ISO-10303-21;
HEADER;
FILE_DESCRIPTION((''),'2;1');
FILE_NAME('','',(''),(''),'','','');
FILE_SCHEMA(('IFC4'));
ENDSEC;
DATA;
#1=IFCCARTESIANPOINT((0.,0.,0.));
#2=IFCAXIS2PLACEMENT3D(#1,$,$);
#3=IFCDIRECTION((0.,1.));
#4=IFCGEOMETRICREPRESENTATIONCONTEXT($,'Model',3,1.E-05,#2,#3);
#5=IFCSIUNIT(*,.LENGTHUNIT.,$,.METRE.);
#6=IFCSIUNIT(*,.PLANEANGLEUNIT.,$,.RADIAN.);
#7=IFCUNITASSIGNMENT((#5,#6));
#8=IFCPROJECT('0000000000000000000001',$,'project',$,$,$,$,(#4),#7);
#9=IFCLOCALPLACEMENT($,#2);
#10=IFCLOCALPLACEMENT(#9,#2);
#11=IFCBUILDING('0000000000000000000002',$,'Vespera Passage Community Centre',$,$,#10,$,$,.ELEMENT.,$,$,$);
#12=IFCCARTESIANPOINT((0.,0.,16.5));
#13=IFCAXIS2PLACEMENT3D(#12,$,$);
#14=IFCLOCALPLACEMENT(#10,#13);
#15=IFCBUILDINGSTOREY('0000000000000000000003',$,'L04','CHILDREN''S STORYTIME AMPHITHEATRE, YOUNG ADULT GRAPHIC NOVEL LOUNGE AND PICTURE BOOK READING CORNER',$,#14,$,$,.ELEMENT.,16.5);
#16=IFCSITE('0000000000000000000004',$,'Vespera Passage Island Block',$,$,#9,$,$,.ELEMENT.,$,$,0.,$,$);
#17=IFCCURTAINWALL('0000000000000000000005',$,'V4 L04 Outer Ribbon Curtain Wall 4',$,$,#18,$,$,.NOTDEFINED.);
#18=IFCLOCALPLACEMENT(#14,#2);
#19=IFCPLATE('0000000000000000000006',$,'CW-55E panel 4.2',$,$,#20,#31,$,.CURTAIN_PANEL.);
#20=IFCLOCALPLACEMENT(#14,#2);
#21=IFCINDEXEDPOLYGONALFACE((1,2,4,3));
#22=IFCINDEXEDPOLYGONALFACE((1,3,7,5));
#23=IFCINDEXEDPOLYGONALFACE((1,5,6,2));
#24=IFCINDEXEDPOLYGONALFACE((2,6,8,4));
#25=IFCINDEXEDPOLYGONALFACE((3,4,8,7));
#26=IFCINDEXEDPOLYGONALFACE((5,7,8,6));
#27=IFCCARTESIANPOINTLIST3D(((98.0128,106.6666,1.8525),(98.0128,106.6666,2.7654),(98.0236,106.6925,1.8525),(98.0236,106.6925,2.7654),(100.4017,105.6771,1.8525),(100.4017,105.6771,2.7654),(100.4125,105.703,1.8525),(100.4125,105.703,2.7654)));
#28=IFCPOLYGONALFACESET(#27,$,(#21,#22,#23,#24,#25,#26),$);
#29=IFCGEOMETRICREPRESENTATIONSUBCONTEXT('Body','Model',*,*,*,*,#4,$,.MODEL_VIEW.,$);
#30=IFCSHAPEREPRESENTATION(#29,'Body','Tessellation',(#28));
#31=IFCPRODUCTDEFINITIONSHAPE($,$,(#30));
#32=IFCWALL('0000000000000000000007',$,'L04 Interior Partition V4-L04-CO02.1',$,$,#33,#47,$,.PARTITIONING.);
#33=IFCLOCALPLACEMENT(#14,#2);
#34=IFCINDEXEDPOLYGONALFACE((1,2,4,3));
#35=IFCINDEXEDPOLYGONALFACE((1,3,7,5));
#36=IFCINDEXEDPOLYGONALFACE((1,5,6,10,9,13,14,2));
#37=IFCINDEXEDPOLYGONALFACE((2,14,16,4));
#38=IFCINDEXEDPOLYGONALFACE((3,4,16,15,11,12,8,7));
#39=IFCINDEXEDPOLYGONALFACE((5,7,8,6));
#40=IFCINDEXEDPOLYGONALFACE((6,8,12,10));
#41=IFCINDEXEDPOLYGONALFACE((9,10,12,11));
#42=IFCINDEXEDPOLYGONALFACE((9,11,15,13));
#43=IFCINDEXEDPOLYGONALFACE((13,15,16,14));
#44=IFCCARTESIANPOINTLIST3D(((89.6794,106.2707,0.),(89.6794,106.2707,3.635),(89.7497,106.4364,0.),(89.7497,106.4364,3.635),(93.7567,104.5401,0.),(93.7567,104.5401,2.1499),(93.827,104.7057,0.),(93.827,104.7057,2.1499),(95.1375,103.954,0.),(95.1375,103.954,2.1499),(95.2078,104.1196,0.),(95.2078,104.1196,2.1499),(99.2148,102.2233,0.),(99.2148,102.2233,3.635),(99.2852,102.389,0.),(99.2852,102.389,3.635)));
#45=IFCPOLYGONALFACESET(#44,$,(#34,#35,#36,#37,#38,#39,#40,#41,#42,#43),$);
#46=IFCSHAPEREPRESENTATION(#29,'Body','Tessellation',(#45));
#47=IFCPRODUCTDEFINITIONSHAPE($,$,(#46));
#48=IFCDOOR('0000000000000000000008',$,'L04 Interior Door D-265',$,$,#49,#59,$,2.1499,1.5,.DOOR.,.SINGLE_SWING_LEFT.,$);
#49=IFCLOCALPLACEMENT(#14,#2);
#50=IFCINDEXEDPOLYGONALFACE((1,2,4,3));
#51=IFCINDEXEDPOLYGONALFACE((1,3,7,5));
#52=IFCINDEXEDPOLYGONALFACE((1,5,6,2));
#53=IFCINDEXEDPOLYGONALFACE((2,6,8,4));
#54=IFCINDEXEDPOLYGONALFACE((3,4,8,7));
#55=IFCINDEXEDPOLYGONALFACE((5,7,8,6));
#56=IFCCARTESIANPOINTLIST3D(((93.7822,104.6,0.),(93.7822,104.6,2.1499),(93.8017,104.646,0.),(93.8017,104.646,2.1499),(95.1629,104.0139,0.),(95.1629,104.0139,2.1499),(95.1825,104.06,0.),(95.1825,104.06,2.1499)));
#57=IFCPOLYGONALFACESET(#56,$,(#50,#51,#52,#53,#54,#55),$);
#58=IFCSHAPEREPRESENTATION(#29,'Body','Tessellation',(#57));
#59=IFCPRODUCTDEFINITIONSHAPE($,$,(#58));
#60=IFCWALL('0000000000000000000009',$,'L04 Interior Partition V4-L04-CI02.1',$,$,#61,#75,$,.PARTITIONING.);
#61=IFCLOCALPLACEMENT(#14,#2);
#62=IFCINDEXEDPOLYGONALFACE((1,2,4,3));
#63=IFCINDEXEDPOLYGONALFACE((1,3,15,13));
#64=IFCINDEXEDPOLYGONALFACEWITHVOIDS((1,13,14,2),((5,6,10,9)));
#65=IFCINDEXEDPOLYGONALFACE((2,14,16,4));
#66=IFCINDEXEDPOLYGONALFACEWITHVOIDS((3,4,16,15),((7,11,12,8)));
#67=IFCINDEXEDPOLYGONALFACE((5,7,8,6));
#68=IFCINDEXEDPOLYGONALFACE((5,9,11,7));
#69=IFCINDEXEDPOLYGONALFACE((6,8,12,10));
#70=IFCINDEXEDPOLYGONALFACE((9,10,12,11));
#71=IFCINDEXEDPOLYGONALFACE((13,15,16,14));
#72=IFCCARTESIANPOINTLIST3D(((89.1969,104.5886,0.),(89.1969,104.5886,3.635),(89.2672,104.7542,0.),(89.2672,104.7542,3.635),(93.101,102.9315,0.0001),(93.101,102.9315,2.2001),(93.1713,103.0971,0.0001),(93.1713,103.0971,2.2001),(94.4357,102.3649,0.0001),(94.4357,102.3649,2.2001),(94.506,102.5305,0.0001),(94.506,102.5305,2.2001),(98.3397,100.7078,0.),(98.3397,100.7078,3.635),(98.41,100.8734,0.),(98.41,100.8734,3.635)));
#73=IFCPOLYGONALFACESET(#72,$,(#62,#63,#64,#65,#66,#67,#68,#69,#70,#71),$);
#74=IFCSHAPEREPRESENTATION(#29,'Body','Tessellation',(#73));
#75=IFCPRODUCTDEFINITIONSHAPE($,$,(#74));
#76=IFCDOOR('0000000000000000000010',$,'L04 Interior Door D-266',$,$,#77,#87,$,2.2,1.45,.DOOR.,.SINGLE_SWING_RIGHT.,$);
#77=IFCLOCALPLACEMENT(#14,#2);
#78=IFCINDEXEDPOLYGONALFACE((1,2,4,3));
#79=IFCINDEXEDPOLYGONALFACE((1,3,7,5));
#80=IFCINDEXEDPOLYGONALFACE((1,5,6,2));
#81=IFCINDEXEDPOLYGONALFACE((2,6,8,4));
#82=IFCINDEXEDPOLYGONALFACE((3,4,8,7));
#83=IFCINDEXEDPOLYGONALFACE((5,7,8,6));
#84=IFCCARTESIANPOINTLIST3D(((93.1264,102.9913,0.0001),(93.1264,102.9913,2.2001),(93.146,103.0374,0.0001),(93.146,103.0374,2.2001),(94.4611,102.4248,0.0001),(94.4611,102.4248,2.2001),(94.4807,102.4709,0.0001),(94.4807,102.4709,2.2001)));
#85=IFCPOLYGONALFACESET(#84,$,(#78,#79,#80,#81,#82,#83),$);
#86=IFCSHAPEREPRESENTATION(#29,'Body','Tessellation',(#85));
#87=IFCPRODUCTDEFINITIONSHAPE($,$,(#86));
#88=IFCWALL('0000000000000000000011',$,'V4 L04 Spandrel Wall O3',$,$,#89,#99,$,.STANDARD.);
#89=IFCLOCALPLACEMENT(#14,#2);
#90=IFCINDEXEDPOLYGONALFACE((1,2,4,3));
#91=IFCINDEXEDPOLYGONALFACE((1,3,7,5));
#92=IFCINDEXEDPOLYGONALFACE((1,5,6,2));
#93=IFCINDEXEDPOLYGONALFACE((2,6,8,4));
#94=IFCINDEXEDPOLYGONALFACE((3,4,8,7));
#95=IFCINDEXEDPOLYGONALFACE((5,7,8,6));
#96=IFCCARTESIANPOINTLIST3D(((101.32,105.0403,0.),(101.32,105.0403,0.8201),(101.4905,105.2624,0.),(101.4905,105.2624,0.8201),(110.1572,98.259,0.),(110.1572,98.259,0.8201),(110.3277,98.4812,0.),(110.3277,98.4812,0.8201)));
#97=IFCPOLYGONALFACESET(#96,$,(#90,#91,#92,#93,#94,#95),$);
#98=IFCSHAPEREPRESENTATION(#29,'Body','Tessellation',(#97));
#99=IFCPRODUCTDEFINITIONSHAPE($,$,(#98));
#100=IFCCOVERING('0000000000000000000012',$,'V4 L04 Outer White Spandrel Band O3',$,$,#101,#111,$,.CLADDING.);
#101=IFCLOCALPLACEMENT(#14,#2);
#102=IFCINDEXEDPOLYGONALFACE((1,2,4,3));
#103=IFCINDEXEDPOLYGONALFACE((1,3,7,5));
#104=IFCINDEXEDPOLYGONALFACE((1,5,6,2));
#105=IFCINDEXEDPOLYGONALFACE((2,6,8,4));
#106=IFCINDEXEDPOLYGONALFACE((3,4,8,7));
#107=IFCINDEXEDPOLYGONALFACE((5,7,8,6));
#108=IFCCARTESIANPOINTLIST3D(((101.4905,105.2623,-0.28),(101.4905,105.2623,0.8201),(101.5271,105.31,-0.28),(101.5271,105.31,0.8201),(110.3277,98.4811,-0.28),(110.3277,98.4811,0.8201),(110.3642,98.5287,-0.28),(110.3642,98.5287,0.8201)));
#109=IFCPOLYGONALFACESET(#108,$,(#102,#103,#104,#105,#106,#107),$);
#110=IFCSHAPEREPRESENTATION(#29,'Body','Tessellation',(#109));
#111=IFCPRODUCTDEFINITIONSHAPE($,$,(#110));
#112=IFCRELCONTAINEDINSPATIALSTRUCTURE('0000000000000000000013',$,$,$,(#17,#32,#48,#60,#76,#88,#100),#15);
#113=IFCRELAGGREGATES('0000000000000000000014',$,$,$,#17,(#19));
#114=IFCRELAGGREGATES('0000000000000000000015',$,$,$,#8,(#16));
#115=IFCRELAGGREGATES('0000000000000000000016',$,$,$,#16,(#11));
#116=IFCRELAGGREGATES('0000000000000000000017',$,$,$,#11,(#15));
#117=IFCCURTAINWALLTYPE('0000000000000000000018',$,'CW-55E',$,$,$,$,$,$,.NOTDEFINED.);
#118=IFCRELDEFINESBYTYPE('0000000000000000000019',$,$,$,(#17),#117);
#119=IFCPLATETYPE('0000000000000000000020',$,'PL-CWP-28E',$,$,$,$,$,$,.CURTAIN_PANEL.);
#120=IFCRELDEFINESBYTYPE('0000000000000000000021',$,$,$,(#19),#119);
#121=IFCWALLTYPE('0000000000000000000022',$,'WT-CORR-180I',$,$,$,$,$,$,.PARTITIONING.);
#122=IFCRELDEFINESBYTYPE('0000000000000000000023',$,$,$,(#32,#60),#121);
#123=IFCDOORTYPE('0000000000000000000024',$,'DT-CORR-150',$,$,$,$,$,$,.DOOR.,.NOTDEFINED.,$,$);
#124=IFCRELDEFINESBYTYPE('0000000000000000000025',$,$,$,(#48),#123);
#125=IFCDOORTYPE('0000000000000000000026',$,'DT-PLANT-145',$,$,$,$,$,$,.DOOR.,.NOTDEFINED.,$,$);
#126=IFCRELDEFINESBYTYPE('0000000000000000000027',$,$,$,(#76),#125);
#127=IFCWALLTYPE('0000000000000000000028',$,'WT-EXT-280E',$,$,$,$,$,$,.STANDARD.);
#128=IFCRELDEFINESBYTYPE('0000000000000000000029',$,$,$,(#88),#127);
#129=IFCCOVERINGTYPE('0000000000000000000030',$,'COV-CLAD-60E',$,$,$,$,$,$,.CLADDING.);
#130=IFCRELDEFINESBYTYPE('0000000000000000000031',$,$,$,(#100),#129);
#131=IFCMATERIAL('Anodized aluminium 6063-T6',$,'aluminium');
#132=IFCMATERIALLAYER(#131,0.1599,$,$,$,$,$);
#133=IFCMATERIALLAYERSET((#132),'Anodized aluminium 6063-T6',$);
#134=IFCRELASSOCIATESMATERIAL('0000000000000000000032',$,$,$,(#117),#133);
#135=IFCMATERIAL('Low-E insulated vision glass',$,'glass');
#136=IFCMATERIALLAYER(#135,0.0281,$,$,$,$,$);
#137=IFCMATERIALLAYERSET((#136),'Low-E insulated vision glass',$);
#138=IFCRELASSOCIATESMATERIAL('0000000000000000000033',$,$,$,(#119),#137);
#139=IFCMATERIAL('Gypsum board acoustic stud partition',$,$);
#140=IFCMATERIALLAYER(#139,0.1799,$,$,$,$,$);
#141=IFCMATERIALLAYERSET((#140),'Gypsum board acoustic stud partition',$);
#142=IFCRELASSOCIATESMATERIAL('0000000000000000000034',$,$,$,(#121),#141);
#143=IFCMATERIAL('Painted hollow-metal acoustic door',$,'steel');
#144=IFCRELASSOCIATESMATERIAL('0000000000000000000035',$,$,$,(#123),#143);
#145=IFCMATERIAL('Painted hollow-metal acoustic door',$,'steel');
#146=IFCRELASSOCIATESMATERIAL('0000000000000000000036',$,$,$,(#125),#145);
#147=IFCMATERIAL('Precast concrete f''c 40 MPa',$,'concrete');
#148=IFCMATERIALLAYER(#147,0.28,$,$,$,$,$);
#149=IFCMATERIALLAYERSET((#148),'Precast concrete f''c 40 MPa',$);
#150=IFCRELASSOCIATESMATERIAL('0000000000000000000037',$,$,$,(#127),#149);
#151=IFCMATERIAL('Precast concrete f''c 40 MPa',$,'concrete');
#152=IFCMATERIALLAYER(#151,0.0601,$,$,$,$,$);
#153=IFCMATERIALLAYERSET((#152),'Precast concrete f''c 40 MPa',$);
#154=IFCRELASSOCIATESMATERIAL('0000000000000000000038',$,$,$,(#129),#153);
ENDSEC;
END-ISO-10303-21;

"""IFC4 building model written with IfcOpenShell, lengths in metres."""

from ifc_helpers import new_model, si_unit, direction, frame, frame_2d, origin, origin_2d, place, context, subcontext, project, spatial, rectangle, extrude, material, layer, layer_set, type_object, element, fill, aggregate, save


model = new_model("IFC4")

# Units and contexts
model_context = context("Model", 3, precision=1e-05, world=origin(), true_north=direction((0.0, 1.0)))
body_context = subcontext(model_context, "Body", "Model", "MODEL_VIEW")
ifc_project = project(units=[si_unit("LENGTHUNIT", "METRE"), si_unit("PLANEANGLEUNIT", "RADIAN")], contexts=[model_context])

# Site, building, storey
site_placement = place(None, origin())
site = spatial("IfcSite", under=ifc_project, at=site_placement, Name="Vespera Passage Island Block", CompositionType="ELEMENT", RefElevation=0.0)
building_placement = place(site_placement, origin())
building = spatial("IfcBuilding", under=site, at=building_placement, Name="Vespera Passage Community Centre", CompositionType="ELEMENT")
storey_placement = place(building_placement, frame((0.0, 0.0, 16.5)))
storey = spatial("IfcBuildingStorey", under=building, at=storey_placement, Name="L04", Description="CHILDREN'S STORYTIME AMPHITHEATRE, YOUNG ADULT GRAPHIC NOVEL LOUNGE AND PICTURE BOOK READING CORNER", CompositionType="ELEMENT", Elevation=16.5)

# Curtain wall
ifc_material_1 = material(Name="Anodized aluminium 6063-T6", Category="aluminium")
ifc_layer_1 = layer(ifc_material_1, 0.1599)
ifc_layer_set_1 = layer_set([ifc_layer_1], Name="Anodized aluminium 6063-T6")
curtain_wall_type_1 = type_object("IfcCurtainWallType", Name="CW-55E", PredefinedType="NOTDEFINED", material=ifc_layer_set_1)
curtain_wall_1_placement = place(storey_placement, origin())
curtain_wall_1 = element("IfcCurtainWall", 1, at=curtain_wall_1_placement, inside=storey, type_object=curtain_wall_type_1, Name="V4 L04 Outer Ribbon Curtain Wall 4", PredefinedType="NOTDEFINED")

# Plate
ifc_material_2 = material(Name="Low-E insulated vision glass", Category="glass")
ifc_layer_2 = layer(ifc_material_2, 0.0281)
ifc_layer_set_2 = layer_set([ifc_layer_2], Name="Low-E insulated vision glass")
plate_type_1 = type_object("IfcPlateType", Name="PL-CWP-28E", PredefinedType="CURTAIN_PANEL", material=ifc_layer_set_2)
plate_1_placement = place(storey_placement, frame((99.2126, 106.1848, 1.8525), z_axis=(0.0, 0.0, 1.0), x_axis=(0.92388, -0.382683, 0.0)))
plate_1 = element("IfcPlate", 2, at=plate_1_placement, type_object=plate_type_1, Name="CW-55E panel 4.2", PredefinedType="CURTAIN_PANEL", context=body_context, shape_type="SweptSolid", body=[
    extrude(rectangle(XDim=2.5857, YDim=0.0281, at=origin_2d()), origin(), (0.0, 0.0, 1.0), 0.9128),
])
aggregate(curtain_wall_1, [plate_1])

# Walls, openings, doors
ifc_material_3 = material(Name="Gypsum board acoustic stud partition")
ifc_layer_3 = layer(ifc_material_3, 0.1799)
ifc_layer_set_3 = layer_set([ifc_layer_3], Name="Gypsum board acoustic stud partition")
wall_type_1 = type_object("IfcWallType", Name="WT-CORR-180I", PredefinedType="PARTITIONING", material=ifc_layer_set_3)
wall_1_placement = place(storey_placement, frame((99.25, 102.3062, 0.0), z_axis=(0.0, 0.0, 1.0), x_axis=(-0.920511, 0.390717, 0.0)))
wall_1 = element("IfcWall", 3, at=wall_1_placement, inside=storey, type_object=wall_type_1, Name="L04 Interior Partition V4-L04-CO02.1", PredefinedType="PARTITIONING", context=body_context, shape_type="SweptSolid", body=[
    extrude(rectangle(XDim=10.3589, YDim=0.1799, at=frame_2d((5.1794, 0.0))), origin(), (0.0, 0.0, 1.0), 3.635),
])
opening_1_placement = place(wall_1_placement, frame((4.4294, 0.0, 0.0)))
opening_1 = element("IfcOpeningElement", 4, at=opening_1_placement, cuts=wall_1, PredefinedType="OPENING", context=body_context, shape_type="SweptSolid", body=[
    extrude(rectangle(XDim=1.5, YDim=2.1499, at=frame_2d((0.75, 1.075))), frame((0.0, 0.0999, 0.0), z_axis=(0.0, -1.0, 0.0), x_axis=(1.0, 0.0, 0.0)), (0.0, 0.0, 1.0), 0.2),
])
ifc_material_4 = material(Name="Painted hollow-metal acoustic door", Category="steel")
door_type_1 = type_object("IfcDoorType", Name="DT-CORR-150", OperationType="NOTDEFINED", PredefinedType="DOOR", material=ifc_material_4)
door_1_placement = place(opening_1_placement, origin())
door_1 = element("IfcDoor", 5, at=door_1_placement, inside=storey, type_object=door_type_1, Name="L04 Interior Door D-265", OperationType="SINGLE_SWING_LEFT", OverallHeight=2.1499, OverallWidth=1.5, PredefinedType="DOOR", context=body_context, shape_type="SweptSolid", body=[
    extrude(rectangle(XDim=1.5, YDim=2.1499, at=frame_2d((0.75, 1.075))), frame((0.0, 0.0249, 0.0), z_axis=(0.0, -1.0, 0.0), x_axis=(1.0, 0.0, 0.0)), (0.0, 0.0, 1.0), 0.05),
])
fill(opening_1, door_1)
wall_2_placement = place(storey_placement, frame((98.375, 100.7905, 0.0), z_axis=(0.0, 0.0, 1.0), x_axis=(-0.920506, 0.390728, 0.0)))
wall_2 = element("IfcWall", 6, at=wall_2_placement, inside=storey, type_object=wall_type_1, Name="L04 Interior Partition V4-L04-CI02.1", PredefinedType="PARTITIONING", context=body_context, shape_type="SweptSolid", body=[
    extrude(rectangle(XDim=9.9324, YDim=0.1799, at=frame_2d((4.9663, 0.0))), origin(), (0.0, 0.0, 1.0), 3.635),
])
opening_2_placement = place(wall_2_placement, frame((4.2412, 0.0, 0.0)))
opening_2 = element("IfcOpeningElement", 7, at=opening_2_placement, cuts=wall_2, PredefinedType="OPENING", context=body_context, shape_type="SweptSolid", body=[
    extrude(rectangle(XDim=1.45, YDim=2.2, at=frame_2d((0.7251, 1.1001))), frame((0.0, 0.0999, 0.0), z_axis=(0.0, -1.0, 0.0), x_axis=(1.0, 0.0, 0.0)), (0.0, 0.0, 1.0), 0.2),
])
ifc_material_5 = material(Name="Painted hollow-metal acoustic door", Category="steel")
door_type_2 = type_object("IfcDoorType", Name="DT-PLANT-145", OperationType="NOTDEFINED", PredefinedType="DOOR", material=ifc_material_5)
door_2_placement = place(opening_2_placement, origin())
door_2 = element("IfcDoor", 8, at=door_2_placement, inside=storey, type_object=door_type_2, Name="L04 Interior Door D-266", OperationType="SINGLE_SWING_RIGHT", OverallHeight=2.2, OverallWidth=1.45, PredefinedType="DOOR", context=body_context, shape_type="SweptSolid", body=[
    extrude(rectangle(XDim=1.45, YDim=2.2, at=frame_2d((0.7251, 1.1001))), frame((0.0, 0.0249, 0.0), z_axis=(0.0, -1.0, 0.0), x_axis=(1.0, 0.0, 0.0)), (0.0, 0.0, 1.0), 0.05),
])
fill(opening_2, door_2)

# Wall
ifc_material_6 = material(Name="Precast concrete f'c 40 MPa", Category="concrete")
ifc_layer_4 = layer(ifc_material_6, 0.28)
ifc_layer_set_4 = layer_set([ifc_layer_4], Name="Precast concrete f'c 40 MPa")
wall_type_2 = type_object("IfcWallType", Name="WT-EXT-280E", PredefinedType="STANDARD", material=ifc_layer_set_4)
wall_3_placement = place(storey_placement, frame((101.4053, 105.1514, 0.0), z_axis=(0.0, 0.0, 1.0), x_axis=(0.793342, -0.608776, 0.0)))
element("IfcWall", 9, at=wall_3_placement, inside=storey, type_object=wall_type_2, Name="V4 L04 Spandrel Wall O3", PredefinedType="STANDARD", context=body_context, shape_type="SweptSolid", body=[
    extrude(rectangle(XDim=11.1392, YDim=0.28, at=frame_2d((5.5696, 0.0))), origin(), (0.0, 0.0, 1.0), 0.8201),
])

# Covering
ifc_material_7 = material(Name="Precast concrete f'c 40 MPa", Category="concrete")
ifc_layer_5 = layer(ifc_material_7, 0.0601)
ifc_layer_set_5 = layer_set([ifc_layer_5], Name="Precast concrete f'c 40 MPa")
covering_type = type_object("IfcCoveringType", Name="COV-CLAD-60E", PredefinedType="CLADDING", material=ifc_layer_set_5)
covering_placement = place(storey_placement, frame((101.5088, 105.2861, -0.28), z_axis=(0.0, 0.0, 1.0), x_axis=(0.793342, -0.608776, 0.0)))
element("IfcCovering", 10, at=covering_placement, inside=storey, type_object=covering_type, Name="V4 L04 Outer White Spandrel Band O3", PredefinedType="CLADDING", context=body_context, shape_type="SweptSolid", body=[
    extrude(rectangle(XDim=11.1392, YDim=0.0601, at=frame_2d((5.5696, 0.0))), origin(), (0.0, 0.0, 1.0), 1.1001),
])

save(model, "model.ifc")
